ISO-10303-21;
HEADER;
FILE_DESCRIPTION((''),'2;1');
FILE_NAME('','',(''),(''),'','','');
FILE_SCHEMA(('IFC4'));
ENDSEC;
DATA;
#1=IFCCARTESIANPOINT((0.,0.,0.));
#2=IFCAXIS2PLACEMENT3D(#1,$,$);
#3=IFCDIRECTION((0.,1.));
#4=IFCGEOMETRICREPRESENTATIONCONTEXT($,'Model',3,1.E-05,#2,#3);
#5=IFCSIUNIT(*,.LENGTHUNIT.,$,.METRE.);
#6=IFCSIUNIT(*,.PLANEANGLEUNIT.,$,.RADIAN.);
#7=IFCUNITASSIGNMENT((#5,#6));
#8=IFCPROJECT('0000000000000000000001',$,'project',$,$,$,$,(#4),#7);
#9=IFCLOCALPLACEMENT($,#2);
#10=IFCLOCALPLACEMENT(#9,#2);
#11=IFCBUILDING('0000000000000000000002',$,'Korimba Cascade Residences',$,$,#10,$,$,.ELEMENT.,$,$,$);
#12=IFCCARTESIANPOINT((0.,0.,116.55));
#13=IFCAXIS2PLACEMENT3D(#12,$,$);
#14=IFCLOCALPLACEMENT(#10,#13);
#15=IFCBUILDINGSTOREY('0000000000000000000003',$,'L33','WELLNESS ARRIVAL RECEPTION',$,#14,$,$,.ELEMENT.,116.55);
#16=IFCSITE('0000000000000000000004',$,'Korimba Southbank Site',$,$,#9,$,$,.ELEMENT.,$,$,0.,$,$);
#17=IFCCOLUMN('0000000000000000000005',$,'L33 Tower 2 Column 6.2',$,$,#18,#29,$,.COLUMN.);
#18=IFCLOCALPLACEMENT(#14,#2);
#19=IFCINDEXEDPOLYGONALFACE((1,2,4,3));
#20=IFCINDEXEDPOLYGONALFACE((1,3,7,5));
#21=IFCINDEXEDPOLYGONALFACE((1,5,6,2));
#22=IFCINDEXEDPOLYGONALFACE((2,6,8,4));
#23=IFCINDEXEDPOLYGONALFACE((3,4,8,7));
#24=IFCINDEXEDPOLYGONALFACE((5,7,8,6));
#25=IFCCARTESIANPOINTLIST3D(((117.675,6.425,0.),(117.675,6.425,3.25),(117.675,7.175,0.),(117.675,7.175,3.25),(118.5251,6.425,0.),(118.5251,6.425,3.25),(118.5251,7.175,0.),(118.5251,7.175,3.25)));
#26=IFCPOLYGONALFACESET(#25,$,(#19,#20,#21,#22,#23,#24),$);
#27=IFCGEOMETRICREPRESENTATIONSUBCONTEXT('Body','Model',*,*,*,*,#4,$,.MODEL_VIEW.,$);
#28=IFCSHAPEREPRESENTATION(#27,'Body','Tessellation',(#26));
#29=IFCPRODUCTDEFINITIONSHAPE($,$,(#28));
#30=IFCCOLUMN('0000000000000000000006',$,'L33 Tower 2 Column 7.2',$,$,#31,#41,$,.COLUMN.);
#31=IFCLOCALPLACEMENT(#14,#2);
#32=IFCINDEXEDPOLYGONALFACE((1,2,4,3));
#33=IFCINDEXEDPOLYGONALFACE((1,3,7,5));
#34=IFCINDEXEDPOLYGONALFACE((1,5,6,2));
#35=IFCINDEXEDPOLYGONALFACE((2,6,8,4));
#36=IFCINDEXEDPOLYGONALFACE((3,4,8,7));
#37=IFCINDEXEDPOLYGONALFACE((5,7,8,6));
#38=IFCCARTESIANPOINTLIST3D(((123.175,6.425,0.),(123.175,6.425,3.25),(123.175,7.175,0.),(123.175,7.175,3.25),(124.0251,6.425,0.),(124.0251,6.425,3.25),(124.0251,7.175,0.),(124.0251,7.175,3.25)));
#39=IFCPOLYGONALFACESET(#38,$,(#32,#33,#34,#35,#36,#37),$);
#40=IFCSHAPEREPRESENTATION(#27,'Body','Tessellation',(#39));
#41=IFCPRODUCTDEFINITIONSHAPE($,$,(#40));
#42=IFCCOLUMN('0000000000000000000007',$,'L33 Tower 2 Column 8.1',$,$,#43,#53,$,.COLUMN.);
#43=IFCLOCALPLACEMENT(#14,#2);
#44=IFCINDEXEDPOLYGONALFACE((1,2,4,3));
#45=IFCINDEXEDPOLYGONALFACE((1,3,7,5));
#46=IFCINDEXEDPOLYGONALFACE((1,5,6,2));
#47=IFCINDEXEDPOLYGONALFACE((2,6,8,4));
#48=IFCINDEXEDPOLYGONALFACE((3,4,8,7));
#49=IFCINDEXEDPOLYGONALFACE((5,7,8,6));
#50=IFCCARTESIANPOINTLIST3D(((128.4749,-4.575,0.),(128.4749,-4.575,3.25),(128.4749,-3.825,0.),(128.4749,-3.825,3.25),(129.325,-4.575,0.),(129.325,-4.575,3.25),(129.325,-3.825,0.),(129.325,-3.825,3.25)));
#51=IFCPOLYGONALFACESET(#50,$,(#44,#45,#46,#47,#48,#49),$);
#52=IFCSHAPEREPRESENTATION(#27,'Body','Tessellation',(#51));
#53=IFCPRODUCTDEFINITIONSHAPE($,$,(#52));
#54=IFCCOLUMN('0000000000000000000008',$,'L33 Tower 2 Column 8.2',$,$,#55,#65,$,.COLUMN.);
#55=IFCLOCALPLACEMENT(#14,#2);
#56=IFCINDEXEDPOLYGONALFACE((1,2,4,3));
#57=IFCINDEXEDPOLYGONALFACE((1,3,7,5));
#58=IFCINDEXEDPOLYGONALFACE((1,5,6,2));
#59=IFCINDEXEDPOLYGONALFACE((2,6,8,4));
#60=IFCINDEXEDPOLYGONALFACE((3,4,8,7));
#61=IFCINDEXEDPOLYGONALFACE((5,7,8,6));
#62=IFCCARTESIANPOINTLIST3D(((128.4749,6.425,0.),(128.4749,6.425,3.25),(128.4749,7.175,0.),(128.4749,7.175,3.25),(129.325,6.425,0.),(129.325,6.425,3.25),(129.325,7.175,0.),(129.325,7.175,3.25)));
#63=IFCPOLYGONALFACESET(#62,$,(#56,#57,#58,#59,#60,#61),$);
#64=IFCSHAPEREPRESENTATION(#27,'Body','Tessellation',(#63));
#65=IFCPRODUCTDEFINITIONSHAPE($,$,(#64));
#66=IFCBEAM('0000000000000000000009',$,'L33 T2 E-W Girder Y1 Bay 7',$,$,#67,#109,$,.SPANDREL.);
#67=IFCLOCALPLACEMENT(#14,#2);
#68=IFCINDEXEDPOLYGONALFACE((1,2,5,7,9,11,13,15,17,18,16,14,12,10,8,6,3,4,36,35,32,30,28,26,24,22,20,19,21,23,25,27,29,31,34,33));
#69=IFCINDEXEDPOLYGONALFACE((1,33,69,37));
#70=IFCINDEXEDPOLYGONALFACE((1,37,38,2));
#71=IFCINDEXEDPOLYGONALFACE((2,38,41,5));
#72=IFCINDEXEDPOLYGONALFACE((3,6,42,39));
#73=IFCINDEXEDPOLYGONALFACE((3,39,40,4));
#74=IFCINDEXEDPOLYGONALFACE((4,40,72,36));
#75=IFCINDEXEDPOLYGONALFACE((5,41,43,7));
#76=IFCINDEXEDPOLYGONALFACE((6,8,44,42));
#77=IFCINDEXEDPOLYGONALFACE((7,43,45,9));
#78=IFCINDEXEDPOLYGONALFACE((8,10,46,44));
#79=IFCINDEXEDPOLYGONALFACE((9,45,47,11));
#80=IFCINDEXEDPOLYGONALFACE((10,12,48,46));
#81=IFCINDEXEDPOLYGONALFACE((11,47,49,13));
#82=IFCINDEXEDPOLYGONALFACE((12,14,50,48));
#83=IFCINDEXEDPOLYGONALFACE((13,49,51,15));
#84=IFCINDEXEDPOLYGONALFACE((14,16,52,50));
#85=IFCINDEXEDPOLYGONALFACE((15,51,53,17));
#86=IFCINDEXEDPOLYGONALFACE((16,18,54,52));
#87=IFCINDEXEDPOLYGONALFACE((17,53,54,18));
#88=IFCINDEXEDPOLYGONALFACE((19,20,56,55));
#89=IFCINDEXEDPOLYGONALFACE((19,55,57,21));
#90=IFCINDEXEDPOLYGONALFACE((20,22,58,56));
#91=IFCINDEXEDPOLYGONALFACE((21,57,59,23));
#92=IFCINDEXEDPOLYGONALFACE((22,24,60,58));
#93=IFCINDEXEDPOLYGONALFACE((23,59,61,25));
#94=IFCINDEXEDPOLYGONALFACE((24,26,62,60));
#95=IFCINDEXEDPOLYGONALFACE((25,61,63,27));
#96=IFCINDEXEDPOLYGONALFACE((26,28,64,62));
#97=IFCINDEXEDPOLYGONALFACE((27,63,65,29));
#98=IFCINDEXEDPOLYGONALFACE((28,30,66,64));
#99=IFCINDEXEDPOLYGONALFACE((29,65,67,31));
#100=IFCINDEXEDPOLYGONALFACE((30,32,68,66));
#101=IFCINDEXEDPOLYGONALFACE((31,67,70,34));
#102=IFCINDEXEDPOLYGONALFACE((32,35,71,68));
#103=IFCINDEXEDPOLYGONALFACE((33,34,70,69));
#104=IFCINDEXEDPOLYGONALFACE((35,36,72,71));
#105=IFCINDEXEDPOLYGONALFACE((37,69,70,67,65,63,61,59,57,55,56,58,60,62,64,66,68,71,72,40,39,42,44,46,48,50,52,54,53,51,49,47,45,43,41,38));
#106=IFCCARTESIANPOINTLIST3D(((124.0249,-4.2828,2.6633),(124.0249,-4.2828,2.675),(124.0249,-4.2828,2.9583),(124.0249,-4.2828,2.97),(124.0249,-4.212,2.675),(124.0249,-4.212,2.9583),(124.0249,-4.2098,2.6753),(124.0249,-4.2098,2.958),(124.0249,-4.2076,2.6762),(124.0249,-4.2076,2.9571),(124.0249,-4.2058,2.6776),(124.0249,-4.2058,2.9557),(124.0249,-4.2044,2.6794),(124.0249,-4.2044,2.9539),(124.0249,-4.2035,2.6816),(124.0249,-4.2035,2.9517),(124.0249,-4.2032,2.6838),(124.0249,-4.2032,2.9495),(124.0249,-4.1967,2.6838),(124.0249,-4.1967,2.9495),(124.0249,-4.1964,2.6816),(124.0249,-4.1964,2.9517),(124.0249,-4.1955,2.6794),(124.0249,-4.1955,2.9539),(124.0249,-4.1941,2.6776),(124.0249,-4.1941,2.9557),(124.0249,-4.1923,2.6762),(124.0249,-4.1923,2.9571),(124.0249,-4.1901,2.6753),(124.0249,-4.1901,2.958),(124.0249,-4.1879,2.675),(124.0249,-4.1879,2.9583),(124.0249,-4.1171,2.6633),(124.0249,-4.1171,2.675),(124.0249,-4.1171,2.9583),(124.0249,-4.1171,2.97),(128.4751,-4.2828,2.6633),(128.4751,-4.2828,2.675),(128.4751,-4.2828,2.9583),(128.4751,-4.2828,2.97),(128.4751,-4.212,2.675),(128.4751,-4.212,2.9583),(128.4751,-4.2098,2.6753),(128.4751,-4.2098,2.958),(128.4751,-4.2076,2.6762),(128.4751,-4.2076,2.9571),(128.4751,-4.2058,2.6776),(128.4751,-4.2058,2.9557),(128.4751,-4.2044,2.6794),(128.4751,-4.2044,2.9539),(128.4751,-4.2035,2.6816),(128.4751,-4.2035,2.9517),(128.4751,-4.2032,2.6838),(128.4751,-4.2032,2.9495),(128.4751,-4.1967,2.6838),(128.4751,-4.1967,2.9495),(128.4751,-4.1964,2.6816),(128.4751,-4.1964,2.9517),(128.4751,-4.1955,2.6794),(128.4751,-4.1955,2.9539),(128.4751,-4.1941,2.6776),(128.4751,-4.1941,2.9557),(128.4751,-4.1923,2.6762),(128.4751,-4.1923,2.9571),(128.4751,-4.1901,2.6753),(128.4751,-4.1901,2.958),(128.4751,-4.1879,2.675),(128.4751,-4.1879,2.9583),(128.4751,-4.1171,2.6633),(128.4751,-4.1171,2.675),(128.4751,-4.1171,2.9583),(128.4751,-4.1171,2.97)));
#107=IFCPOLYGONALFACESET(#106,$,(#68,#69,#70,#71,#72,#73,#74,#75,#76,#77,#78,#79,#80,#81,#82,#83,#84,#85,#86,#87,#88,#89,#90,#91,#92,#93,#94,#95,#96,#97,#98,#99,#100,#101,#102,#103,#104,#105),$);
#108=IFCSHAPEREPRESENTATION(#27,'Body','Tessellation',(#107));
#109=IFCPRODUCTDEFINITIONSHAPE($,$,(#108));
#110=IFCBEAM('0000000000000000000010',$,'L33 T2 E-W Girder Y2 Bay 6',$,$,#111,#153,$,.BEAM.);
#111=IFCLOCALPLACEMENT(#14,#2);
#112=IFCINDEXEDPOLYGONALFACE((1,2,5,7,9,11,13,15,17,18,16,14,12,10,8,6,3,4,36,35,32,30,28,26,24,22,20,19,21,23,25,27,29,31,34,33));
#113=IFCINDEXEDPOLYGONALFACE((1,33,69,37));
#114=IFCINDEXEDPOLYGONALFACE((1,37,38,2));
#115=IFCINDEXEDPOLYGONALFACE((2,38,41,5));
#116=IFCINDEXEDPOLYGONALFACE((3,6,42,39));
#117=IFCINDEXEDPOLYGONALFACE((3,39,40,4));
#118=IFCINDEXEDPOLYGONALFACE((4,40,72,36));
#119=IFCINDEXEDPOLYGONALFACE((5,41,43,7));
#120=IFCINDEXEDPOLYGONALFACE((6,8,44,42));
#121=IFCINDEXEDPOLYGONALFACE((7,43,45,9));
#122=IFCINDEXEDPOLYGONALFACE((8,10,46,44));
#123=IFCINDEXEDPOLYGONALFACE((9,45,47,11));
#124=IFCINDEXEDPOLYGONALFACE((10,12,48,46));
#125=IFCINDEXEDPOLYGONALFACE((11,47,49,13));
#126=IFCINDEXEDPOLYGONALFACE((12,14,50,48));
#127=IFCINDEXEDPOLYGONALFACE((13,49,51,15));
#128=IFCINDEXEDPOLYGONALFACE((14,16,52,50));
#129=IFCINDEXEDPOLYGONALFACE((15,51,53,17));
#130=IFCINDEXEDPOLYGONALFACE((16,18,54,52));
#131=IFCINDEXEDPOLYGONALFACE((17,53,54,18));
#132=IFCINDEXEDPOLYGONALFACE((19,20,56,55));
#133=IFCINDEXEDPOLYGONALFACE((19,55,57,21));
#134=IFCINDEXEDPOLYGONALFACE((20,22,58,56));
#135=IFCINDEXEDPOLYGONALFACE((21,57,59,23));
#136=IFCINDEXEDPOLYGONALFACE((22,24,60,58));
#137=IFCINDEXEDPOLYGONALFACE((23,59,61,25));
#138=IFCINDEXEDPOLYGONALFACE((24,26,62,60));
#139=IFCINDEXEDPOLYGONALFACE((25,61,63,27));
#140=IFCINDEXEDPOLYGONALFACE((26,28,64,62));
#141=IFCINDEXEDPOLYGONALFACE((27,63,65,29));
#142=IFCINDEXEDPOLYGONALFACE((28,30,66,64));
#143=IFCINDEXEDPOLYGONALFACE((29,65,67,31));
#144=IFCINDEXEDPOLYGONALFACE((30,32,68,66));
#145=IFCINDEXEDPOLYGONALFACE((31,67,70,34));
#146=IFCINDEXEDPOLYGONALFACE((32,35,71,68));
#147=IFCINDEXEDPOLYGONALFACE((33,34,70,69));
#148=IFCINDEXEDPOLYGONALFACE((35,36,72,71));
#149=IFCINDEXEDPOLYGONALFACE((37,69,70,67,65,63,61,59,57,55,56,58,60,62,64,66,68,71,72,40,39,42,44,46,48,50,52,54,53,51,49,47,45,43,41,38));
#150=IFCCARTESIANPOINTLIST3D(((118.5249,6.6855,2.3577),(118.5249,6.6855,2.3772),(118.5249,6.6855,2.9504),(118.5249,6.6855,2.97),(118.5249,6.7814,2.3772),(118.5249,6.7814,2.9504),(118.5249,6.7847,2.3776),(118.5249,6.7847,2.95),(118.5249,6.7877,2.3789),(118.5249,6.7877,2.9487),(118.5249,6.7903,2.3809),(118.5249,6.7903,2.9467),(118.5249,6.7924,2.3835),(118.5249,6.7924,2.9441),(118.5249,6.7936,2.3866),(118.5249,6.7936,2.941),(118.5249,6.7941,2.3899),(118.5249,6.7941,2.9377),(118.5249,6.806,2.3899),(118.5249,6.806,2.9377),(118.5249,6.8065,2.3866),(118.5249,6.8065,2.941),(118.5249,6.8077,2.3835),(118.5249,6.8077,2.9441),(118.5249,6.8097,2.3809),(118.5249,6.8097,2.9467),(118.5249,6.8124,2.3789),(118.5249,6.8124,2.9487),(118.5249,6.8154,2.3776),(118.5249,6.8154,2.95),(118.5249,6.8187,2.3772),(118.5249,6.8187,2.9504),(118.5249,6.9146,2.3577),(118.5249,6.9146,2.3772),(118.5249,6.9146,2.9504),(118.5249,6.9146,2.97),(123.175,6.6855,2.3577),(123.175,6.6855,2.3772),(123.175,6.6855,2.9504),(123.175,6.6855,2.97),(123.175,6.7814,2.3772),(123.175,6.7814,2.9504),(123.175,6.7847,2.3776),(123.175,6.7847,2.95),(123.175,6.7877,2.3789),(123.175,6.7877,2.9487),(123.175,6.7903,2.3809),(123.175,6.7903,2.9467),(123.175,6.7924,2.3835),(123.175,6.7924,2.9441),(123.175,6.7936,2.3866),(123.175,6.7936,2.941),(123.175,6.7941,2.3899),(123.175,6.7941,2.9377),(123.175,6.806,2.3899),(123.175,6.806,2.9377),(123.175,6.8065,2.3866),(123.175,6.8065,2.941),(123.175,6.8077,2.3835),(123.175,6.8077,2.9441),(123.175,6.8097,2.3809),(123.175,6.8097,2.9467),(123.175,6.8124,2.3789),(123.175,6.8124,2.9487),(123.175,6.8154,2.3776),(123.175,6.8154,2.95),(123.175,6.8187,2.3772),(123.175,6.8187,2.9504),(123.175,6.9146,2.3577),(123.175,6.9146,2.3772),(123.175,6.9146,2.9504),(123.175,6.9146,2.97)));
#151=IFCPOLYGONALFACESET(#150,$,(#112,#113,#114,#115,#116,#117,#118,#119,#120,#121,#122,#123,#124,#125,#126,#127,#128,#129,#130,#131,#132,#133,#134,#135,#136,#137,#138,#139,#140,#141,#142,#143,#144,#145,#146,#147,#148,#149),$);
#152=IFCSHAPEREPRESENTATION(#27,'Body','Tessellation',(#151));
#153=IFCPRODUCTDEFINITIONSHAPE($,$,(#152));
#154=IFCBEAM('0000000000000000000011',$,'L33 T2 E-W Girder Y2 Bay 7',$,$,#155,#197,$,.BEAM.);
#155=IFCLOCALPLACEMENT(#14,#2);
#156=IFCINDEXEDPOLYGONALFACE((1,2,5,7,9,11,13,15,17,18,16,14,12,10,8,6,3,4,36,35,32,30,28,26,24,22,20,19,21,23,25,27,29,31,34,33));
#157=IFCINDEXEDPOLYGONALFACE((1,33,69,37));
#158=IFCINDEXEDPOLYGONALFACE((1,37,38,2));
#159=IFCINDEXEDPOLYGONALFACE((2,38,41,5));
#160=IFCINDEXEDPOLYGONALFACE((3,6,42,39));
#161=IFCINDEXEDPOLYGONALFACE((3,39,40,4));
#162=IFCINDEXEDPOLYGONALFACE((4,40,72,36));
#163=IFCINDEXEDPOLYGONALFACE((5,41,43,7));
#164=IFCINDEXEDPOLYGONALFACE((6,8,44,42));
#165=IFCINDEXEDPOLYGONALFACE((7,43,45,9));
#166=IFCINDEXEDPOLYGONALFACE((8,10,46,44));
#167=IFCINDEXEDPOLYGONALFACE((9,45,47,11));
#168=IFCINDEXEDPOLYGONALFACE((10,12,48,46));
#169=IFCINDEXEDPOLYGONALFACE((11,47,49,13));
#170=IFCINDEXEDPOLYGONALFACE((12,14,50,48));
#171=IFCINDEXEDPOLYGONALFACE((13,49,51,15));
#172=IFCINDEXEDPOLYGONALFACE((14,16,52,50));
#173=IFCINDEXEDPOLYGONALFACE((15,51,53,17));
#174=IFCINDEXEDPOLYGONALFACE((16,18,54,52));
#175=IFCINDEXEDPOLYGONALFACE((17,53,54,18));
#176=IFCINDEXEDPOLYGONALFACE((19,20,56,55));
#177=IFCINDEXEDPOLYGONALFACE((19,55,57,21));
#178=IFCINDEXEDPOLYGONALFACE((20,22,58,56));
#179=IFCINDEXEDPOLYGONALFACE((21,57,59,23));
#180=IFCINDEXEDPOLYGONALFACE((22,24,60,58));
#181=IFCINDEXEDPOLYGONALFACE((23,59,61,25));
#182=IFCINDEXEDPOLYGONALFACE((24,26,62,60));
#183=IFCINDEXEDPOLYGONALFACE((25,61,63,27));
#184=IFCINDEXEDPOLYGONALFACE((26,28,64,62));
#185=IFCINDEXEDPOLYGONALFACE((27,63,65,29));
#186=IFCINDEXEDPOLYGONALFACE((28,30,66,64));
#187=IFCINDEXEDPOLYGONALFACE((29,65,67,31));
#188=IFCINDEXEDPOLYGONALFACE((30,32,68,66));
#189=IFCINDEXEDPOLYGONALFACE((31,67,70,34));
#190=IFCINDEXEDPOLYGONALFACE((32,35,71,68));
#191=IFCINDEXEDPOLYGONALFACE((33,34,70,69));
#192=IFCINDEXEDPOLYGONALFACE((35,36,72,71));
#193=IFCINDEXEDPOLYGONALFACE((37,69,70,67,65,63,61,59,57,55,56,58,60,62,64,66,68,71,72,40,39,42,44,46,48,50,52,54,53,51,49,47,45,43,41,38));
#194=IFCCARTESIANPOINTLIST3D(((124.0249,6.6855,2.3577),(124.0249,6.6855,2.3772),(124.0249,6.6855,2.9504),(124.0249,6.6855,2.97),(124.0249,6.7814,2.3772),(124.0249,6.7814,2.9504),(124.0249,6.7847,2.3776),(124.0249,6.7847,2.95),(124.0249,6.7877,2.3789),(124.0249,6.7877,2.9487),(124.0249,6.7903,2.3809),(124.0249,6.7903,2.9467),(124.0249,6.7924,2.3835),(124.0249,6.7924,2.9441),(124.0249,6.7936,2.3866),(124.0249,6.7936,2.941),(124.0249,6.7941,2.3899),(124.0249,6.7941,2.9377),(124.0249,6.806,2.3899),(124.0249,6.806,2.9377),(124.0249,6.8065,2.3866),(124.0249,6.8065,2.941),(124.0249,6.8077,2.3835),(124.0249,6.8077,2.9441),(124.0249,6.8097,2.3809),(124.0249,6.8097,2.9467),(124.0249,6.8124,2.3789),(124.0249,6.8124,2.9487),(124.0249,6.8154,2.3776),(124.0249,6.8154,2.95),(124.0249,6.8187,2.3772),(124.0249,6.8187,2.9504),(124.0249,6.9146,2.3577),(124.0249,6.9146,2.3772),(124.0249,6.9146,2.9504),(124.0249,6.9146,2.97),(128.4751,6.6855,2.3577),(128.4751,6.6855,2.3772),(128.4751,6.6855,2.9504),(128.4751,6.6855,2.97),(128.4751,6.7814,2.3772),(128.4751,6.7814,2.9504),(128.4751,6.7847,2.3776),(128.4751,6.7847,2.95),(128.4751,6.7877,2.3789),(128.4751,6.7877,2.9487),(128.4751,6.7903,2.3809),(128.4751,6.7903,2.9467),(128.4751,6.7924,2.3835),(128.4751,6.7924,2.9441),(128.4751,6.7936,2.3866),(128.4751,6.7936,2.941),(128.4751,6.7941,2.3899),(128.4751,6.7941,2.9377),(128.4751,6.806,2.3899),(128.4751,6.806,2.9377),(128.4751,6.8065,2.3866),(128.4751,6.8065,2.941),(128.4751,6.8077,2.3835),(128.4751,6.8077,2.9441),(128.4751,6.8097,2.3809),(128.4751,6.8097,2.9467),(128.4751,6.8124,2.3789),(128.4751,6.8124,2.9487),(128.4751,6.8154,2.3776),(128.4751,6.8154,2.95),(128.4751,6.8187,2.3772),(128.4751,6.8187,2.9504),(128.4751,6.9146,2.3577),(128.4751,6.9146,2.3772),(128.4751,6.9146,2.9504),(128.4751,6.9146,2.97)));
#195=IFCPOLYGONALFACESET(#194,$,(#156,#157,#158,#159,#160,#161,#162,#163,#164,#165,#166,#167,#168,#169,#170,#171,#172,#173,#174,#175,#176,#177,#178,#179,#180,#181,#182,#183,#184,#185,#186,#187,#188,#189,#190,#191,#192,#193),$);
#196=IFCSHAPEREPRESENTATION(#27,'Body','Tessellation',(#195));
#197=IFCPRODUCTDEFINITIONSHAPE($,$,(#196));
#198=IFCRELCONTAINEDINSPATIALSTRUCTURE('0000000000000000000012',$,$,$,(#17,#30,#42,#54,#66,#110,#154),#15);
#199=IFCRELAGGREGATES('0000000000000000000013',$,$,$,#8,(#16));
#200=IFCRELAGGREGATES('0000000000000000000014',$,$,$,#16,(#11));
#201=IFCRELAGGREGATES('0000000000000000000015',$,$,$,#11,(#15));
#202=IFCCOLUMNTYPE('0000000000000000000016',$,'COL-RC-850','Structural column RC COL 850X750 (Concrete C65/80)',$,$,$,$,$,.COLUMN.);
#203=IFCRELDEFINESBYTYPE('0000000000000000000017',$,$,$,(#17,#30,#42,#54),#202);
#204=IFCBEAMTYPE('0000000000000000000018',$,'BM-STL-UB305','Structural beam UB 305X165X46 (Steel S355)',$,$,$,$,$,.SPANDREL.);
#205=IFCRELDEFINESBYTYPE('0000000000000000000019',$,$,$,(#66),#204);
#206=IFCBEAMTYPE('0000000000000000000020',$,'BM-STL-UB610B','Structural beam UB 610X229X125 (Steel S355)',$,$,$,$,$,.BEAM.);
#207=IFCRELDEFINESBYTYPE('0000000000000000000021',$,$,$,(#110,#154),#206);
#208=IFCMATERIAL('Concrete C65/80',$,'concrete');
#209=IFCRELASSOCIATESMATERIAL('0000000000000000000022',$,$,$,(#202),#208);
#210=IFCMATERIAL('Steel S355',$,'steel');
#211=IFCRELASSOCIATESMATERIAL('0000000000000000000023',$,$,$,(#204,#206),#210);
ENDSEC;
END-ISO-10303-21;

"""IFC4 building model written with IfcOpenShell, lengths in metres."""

from ifc_helpers import new_model, si_unit, direction, frame, origin, origin_2d, place, context, subcontext, project, spatial, rectangle, i_section, extrude, material, material_profile, profile_set, type_object, element, save


model = new_model("IFC4")

# Units and contexts
model_context = context("Model", 3, precision=1e-05, world=origin(), true_north=direction((0.0, 1.0)))
body_context = subcontext(model_context, "Body", "Model", "MODEL_VIEW")
ifc_project = project(units=[si_unit("LENGTHUNIT", "METRE"), si_unit("PLANEANGLEUNIT", "RADIAN")], contexts=[model_context])

# Site, building, storey
site_placement = place(None, origin())
site = spatial("IfcSite", under=ifc_project, at=site_placement, Name="Korimba Southbank Site", CompositionType="ELEMENT", RefElevation=0.0)
building_placement = place(site_placement, origin())
building = spatial("IfcBuilding", under=site, at=building_placement, Name="Korimba Cascade Residences", CompositionType="ELEMENT")
storey_placement = place(building_placement, frame((0.0, 0.0, 116.55)))
storey = spatial("IfcBuildingStorey", under=building, at=storey_placement, Name="L33", Description="WELLNESS ARRIVAL RECEPTION", CompositionType="ELEMENT", Elevation=116.55)

# Columns
ifc_material_1 = material(Name="Concrete C65/80", Category="concrete")
ifc_material_profile_1 = material_profile(ifc_material_1, rectangle(XDim=0.8501, YDim=0.75, at=origin_2d()), Name="Concrete C65/80")
ifc_profile_set_1 = profile_set([ifc_material_profile_1], Name="Concrete C65/80")
column_type = type_object("IfcColumnType", Name="COL-RC-850", Description="Structural column RC COL 850X750 (Concrete C65/80)", PredefinedType="COLUMN", material=ifc_profile_set_1)
for number, where, z_axis, x_axis, name in (
    (1, (118.1001, 6.8, 0.0), (0.0, 0.0, 1.0), (1.0, 0.0, 0.0), "L33 Tower 2 Column 6.2"),
    (2, (123.6001, 6.8, 0.0), (0.0, 0.0, 1.0), (1.0, 0.0, 0.0), "L33 Tower 2 Column 7.2"),
    (3, (128.8999, -4.2, 0.0), (0.0, 0.0, 1.0), (1.0, 0.0, 0.0), "L33 Tower 2 Column 8.1"),
    (4, (128.8999, 6.8, 0.0), (0.0, 0.0, 1.0), (1.0, 0.0, 0.0), "L33 Tower 2 Column 8.2"),
):
    element("IfcColumn", number, at=place(storey_placement, frame(where, z_axis=z_axis, x_axis=x_axis)), inside=storey, type_object=column_type, Name=name, PredefinedType="COLUMN", context=body_context, shape_type="SweptSolid", body=[
        extrude(rectangle(XDim=0.8501, YDim=0.75, at=origin_2d()), origin(), (0.0, 0.0, 1.0), 3.25),
    ])

# Beams
ifc_material_2 = material(Name="Steel S355", Category="steel")
ifc_material_profile_2 = material_profile(ifc_material_2, i_section(OverallWidth=0.1658, OverallDepth=0.3066, WebThickness=0.0066, FlangeThickness=0.0117, FilletRadius=0.0088, at=origin_2d()), Name="Steel S355")
ifc_profile_set_2 = profile_set([ifc_material_profile_2], Name="Steel S355")
beam_type_1 = type_object("IfcBeamType", Name="BM-STL-UB305", Description="Structural beam UB 305X165X46 (Steel S355)", PredefinedType="SPANDREL", material=ifc_profile_set_2)
beam_1_placement = place(storey_placement, frame((124.0249, -4.2, 2.8167), z_axis=(1.0, 0.0, 0.0), x_axis=(0.0, 1.0, 0.0)))
element("IfcBeam", 5, at=beam_1_placement, inside=storey, type_object=beam_type_1, Name="L33 T2 E-W Girder Y1 Bay 7", PredefinedType="SPANDREL", context=body_context, shape_type="SweptSolid", body=[
    extrude(i_section(OverallWidth=0.1658, OverallDepth=0.3066, WebThickness=0.0066, FlangeThickness=0.0117, FilletRadius=0.0088, at=origin_2d()), origin(), (0.0, 0.0, 1.0), 4.4502),
])
ifc_material_profile_3 = material_profile(ifc_material_2, i_section(OverallWidth=0.229, OverallDepth=0.6123, WebThickness=0.012, FlangeThickness=0.0195, FilletRadius=0.0127, at=origin_2d()), Name="Steel S355")
ifc_profile_set_3 = profile_set([ifc_material_profile_3], Name="Steel S355")
beam_type_2 = type_object("IfcBeamType", Name="BM-STL-UB610B", Description="Structural beam UB 610X229X125 (Steel S355)", PredefinedType="BEAM", material=ifc_profile_set_3)
beam_2_placement = place(storey_placement, frame((118.5249, 6.8, 2.6638), z_axis=(1.0, 0.0, 0.0), x_axis=(0.0, 1.0, 0.0)))
element("IfcBeam", 6, at=beam_2_placement, inside=storey, type_object=beam_type_2, Name="L33 T2 E-W Girder Y2 Bay 6", PredefinedType="BEAM", context=body_context, shape_type="SweptSolid", body=[
    extrude(i_section(OverallWidth=0.229, OverallDepth=0.6123, WebThickness=0.012, FlangeThickness=0.0195, FilletRadius=0.0127, at=origin_2d()), origin(), (0.0, 0.0, 1.0), 4.6501),
])
beam_3_placement = place(storey_placement, frame((124.0249, 6.8, 2.6638), z_axis=(1.0, 0.0, 0.0), x_axis=(0.0, 1.0, 0.0)))
element("IfcBeam", 7, at=beam_3_placement, inside=storey, type_object=beam_type_2, Name="L33 T2 E-W Girder Y2 Bay 7", PredefinedType="BEAM", context=body_context, shape_type="SweptSolid", body=[
    extrude(i_section(OverallWidth=0.229, OverallDepth=0.6123, WebThickness=0.012, FlangeThickness=0.0195, FilletRadius=0.0127, at=origin_2d()), origin(), (0.0, 0.0, 1.0), 4.4502),
])

save(model, "model.ifc")
